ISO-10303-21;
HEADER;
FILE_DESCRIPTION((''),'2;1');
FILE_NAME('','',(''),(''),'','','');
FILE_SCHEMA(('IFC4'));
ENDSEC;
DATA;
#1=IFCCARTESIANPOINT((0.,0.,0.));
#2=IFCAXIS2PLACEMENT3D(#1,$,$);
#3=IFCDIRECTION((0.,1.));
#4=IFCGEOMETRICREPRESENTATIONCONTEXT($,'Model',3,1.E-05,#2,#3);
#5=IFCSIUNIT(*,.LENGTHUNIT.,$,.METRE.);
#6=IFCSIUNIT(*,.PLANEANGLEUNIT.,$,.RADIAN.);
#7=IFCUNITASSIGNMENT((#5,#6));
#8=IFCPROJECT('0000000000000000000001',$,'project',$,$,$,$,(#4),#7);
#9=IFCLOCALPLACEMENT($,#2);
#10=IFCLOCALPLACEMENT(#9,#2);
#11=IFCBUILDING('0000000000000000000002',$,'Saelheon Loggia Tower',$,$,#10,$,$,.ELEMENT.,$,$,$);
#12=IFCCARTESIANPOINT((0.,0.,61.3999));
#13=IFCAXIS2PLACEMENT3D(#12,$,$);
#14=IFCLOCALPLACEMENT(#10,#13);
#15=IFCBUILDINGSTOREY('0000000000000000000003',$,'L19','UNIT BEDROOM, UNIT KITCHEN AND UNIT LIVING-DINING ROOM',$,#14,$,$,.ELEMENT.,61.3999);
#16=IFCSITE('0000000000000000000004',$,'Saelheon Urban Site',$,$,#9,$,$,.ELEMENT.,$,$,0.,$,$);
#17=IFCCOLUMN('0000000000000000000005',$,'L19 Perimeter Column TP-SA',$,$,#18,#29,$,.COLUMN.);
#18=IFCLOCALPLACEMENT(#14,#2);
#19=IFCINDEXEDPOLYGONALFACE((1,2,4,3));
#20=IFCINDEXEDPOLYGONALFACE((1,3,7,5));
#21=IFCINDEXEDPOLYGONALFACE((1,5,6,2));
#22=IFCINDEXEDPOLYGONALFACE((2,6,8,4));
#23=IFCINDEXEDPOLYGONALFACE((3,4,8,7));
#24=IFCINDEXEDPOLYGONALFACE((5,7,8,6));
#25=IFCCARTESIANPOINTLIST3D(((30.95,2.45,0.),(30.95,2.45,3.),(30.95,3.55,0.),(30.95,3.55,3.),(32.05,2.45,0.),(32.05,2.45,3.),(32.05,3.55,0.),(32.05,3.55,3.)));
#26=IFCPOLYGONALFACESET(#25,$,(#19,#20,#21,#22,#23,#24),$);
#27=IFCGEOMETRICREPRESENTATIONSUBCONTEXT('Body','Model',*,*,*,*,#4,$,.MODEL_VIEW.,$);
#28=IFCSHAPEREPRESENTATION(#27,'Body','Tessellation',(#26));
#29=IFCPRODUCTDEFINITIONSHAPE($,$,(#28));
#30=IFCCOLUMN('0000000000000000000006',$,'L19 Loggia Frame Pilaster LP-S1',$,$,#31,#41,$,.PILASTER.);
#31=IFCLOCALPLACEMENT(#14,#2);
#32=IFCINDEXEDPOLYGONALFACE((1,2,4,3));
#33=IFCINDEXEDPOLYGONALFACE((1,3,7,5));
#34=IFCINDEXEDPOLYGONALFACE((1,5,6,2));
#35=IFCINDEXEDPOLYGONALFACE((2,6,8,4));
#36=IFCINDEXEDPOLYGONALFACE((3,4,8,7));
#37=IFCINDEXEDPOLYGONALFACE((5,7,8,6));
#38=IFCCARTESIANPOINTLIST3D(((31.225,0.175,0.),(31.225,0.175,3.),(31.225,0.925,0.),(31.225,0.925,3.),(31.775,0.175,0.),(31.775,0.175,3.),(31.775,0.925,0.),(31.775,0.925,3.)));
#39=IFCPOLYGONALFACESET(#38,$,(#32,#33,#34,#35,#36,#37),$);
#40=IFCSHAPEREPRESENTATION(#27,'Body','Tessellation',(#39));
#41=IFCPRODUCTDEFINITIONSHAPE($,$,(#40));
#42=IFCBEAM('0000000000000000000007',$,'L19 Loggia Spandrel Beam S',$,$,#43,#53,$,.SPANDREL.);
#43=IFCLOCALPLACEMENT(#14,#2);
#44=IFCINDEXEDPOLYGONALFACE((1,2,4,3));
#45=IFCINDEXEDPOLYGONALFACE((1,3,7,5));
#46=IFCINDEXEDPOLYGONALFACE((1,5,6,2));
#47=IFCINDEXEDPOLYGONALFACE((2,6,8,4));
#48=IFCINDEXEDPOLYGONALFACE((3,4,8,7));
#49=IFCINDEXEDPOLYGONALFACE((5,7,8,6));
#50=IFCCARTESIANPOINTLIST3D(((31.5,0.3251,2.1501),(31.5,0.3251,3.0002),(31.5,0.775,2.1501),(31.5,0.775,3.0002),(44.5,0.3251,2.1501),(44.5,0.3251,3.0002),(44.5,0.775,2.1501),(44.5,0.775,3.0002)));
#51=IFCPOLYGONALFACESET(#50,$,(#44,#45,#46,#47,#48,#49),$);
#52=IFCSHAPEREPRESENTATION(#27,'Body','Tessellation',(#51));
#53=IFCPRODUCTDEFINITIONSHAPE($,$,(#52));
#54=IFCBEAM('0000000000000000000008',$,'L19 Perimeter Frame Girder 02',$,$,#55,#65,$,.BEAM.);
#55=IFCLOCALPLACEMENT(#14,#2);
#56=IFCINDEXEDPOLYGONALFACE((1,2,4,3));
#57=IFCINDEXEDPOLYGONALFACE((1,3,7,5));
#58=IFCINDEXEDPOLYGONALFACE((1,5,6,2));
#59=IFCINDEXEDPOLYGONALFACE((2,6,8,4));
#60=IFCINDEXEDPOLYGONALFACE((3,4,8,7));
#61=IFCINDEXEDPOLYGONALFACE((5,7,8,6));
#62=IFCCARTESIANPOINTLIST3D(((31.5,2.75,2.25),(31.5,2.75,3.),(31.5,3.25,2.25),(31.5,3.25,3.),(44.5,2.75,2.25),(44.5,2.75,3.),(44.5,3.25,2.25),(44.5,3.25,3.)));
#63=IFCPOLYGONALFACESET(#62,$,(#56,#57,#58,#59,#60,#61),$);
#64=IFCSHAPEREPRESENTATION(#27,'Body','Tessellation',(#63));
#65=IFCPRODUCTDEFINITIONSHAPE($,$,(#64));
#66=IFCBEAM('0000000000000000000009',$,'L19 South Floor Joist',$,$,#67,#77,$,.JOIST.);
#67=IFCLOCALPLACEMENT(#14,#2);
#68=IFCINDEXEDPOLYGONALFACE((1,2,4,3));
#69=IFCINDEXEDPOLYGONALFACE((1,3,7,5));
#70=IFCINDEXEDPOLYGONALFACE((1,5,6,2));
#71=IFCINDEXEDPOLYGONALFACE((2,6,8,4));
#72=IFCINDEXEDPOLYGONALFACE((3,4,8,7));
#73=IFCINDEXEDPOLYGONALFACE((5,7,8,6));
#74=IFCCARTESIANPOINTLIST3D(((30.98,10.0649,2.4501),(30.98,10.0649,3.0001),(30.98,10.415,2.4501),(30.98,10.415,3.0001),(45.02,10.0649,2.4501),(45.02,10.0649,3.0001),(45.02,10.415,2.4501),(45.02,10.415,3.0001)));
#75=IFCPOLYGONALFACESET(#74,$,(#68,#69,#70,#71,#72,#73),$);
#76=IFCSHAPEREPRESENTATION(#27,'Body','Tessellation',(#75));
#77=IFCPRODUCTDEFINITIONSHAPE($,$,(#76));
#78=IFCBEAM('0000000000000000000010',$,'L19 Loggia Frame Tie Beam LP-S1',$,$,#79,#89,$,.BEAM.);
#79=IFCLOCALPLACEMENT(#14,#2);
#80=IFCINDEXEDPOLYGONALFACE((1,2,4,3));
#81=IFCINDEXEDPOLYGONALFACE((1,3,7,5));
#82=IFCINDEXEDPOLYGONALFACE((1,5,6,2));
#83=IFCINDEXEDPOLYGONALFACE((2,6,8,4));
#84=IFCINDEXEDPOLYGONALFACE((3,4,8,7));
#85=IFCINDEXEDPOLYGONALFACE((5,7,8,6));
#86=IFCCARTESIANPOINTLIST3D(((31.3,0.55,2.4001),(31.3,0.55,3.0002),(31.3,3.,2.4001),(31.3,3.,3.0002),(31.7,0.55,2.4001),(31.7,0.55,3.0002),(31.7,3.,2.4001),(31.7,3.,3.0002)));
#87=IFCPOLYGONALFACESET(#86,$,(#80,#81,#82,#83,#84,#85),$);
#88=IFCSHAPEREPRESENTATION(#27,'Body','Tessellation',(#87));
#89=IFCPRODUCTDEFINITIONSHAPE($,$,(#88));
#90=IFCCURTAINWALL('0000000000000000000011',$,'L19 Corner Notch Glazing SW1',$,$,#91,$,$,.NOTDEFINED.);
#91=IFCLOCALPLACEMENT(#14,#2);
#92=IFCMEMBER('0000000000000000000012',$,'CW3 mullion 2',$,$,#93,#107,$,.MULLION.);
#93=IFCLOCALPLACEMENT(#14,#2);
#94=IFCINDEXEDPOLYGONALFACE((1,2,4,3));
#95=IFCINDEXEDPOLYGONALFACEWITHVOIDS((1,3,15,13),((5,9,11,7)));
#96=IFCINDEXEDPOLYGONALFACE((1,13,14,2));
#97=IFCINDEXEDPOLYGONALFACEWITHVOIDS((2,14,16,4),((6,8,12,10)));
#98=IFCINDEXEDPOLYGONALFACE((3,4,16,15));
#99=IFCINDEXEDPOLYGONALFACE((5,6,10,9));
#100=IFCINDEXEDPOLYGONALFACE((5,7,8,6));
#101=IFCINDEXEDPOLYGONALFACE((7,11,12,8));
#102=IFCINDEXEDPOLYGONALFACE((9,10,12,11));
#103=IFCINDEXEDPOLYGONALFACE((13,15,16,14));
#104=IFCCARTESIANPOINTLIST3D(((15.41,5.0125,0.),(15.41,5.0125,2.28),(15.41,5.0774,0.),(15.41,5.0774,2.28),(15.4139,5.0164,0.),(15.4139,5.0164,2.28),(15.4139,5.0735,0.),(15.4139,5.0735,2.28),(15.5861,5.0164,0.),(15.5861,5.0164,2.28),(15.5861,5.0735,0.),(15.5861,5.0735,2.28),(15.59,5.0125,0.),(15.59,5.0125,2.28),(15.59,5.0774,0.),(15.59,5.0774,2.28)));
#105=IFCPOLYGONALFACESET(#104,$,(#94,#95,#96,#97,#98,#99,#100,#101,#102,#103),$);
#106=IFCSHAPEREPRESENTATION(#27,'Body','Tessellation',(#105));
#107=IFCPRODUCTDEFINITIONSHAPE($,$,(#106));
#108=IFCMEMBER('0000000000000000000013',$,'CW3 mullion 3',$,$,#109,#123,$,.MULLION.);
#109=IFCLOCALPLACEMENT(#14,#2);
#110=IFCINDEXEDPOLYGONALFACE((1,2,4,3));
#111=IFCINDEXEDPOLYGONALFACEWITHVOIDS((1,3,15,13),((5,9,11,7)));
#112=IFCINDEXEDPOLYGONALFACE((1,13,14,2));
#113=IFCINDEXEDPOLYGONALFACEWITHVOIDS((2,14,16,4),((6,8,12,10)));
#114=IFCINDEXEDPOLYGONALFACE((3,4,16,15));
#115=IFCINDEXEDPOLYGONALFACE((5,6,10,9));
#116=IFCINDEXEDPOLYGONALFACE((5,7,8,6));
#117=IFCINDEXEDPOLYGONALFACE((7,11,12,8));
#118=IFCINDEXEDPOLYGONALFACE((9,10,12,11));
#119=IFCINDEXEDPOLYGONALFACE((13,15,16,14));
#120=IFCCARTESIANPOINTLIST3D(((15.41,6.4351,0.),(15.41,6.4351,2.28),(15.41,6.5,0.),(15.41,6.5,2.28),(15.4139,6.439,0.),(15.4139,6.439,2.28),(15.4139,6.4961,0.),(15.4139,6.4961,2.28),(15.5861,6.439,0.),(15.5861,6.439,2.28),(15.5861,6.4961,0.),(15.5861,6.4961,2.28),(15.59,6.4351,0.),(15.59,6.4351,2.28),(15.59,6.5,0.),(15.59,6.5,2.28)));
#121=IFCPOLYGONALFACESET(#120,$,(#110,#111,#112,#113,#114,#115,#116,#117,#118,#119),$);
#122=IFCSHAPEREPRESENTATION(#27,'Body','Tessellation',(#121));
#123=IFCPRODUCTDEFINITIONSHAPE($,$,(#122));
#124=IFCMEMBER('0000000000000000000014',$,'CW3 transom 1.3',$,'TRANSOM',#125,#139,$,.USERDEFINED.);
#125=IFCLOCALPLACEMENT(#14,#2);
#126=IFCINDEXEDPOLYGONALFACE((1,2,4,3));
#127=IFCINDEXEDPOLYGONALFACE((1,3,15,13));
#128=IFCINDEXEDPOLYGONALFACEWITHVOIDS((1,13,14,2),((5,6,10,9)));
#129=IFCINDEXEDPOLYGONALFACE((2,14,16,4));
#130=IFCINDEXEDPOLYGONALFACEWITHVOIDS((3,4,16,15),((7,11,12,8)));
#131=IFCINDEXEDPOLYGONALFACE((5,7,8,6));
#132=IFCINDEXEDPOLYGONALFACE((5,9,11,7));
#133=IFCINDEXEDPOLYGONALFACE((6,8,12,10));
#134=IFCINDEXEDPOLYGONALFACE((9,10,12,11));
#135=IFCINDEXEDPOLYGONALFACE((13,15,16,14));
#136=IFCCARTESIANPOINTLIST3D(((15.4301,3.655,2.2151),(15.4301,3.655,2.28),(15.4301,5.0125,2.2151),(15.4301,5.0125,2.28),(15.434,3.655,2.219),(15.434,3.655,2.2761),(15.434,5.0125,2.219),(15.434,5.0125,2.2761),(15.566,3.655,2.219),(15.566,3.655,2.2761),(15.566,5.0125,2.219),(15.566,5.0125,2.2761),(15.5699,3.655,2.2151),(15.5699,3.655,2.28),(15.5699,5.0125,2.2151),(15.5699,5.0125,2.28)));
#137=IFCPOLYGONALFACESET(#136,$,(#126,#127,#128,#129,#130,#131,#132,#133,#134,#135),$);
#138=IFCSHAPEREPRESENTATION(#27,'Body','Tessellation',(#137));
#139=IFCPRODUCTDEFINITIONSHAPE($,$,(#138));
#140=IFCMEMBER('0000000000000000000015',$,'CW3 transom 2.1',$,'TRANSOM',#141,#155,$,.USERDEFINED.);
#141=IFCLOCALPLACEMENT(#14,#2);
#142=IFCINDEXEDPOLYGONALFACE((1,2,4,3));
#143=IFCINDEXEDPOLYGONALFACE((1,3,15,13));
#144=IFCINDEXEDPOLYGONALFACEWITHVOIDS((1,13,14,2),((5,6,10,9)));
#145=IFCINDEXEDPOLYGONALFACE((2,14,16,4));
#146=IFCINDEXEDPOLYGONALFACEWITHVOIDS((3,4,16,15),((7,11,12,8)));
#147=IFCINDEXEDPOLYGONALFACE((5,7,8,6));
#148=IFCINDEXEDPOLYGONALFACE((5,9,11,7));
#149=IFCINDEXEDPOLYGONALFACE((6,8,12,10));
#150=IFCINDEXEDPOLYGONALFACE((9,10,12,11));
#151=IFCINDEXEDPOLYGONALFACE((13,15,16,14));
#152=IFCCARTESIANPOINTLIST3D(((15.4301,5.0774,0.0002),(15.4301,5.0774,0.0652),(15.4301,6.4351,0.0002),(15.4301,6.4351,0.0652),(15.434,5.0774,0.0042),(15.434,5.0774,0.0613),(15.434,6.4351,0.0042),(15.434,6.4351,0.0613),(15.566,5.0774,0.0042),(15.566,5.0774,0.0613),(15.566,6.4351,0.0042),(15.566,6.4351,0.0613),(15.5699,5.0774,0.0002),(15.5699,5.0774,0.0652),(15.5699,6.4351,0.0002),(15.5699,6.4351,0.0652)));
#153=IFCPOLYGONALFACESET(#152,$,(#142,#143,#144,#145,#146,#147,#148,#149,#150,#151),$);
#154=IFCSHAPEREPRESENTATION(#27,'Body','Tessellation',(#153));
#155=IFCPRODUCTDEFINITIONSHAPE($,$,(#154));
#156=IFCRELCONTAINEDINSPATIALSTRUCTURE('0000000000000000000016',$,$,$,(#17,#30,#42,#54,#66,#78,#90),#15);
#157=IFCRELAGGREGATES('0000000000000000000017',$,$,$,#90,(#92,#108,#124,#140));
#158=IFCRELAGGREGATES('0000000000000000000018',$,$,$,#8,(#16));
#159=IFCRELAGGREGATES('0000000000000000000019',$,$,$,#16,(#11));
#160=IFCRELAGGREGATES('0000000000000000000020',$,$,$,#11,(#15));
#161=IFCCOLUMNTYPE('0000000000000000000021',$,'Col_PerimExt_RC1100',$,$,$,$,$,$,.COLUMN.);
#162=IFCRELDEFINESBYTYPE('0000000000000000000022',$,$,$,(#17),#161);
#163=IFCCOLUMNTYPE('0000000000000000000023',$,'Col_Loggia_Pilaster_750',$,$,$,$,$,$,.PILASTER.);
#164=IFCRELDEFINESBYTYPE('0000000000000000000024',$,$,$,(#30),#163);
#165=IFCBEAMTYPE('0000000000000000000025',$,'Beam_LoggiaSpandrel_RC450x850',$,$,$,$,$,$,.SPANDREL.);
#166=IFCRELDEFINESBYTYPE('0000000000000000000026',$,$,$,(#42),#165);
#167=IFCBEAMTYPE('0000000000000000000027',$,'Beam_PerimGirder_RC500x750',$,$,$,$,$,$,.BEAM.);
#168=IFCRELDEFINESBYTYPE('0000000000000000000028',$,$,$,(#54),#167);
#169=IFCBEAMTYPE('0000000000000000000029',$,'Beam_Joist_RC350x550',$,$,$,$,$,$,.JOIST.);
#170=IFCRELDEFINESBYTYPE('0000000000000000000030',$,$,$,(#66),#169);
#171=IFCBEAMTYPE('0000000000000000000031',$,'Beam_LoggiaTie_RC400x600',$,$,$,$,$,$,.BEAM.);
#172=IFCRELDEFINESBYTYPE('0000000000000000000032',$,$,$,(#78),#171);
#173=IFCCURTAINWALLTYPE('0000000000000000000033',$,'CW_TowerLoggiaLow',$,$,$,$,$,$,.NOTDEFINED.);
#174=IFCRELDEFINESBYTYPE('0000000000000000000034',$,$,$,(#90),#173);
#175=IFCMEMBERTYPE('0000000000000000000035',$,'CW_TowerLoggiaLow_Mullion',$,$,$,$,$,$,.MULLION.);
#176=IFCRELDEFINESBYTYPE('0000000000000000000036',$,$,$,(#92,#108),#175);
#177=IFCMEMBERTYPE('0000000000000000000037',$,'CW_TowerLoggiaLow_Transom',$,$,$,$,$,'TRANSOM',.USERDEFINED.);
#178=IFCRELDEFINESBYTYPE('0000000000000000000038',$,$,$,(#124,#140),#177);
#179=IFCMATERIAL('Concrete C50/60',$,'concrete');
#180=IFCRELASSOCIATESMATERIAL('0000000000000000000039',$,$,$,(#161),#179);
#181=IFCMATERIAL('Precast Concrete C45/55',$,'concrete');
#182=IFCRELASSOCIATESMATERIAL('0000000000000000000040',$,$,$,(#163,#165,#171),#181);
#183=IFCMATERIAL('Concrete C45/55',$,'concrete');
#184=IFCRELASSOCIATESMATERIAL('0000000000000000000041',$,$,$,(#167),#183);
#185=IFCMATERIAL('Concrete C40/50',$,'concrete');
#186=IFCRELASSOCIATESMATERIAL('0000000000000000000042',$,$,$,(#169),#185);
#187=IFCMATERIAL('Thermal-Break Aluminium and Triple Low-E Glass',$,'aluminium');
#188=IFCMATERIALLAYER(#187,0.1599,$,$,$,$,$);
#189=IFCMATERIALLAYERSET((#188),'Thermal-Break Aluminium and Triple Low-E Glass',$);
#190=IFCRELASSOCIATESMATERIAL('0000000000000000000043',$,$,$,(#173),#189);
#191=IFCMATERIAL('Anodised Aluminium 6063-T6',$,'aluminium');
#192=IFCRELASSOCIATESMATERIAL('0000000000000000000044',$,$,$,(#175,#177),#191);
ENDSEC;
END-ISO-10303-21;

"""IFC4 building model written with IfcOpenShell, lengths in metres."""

from ifc_helpers import new_model, si_unit, direction, frame, origin, origin_2d, place, context, subcontext, project, spatial, rectangle, hollow_rectangle, extrude, source, transform, mapped, material, layer, layer_set, material_profile, profile_set, type_object, element, aggregate, save


model = new_model("IFC4")

# Units and contexts
model_context = context("Model", 3, precision=1e-05, world=origin(), true_north=direction((0.0, 1.0)))
body_context = subcontext(model_context, "Body", "Model", "MODEL_VIEW")
ifc_project = project(units=[si_unit("LENGTHUNIT", "METRE"), si_unit("PLANEANGLEUNIT", "RADIAN")], contexts=[model_context])

# Site, building, storey
site_placement = place(None, origin())
site = spatial("IfcSite", under=ifc_project, at=site_placement, Name="Saelheon Urban Site", CompositionType="ELEMENT", RefElevation=0.0)
building_placement = place(site_placement, origin())
building = spatial("IfcBuilding", under=site, at=building_placement, Name="Saelheon Loggia Tower", CompositionType="ELEMENT")
storey_placement = place(building_placement, frame((0.0, 0.0, 61.3999)))
storey = spatial("IfcBuildingStorey", under=building, at=storey_placement, Name="L19", Description="UNIT BEDROOM, UNIT KITCHEN AND UNIT LIVING-DINING ROOM", CompositionType="ELEMENT", Elevation=61.3999)

# Columns
ifc_material_1 = material(Name="Concrete C50/60", Category="concrete")
ifc_material_profile_1 = material_profile(ifc_material_1, rectangle(XDim=1.1001, YDim=1.1001, at=origin_2d()), Name="RC-1100x1100")
ifc_profile_set_1 = profile_set([ifc_material_profile_1], Name="Concrete C50/60")
column_type_1 = type_object("IfcColumnType", Name="Col_PerimExt_RC1100", PredefinedType="COLUMN", material=ifc_profile_set_1)
shared_shape_1 = source(origin(), body_context, "Body", "SweptSolid", [
    extrude(rectangle(XDim=1.1001, YDim=1.1001, at=origin_2d()), origin(), (0.0, 0.0, 1.0), 3.0),
])
column_1_placement = place(storey_placement, frame((31.5, 3.0, 0.0), z_axis=(0.0, 0.0, 1.0), x_axis=(1.0, 0.0, 0.0)))
element("IfcColumn", 1, at=column_1_placement, inside=storey, type_object=column_type_1, Name="L19 Perimeter Column TP-SA", PredefinedType="COLUMN", context=body_context, shape_type="MappedRepresentation", body=[
    mapped(shared_shape_1, transform((0.0, 0.0, 0.0), scale=1.0)),
])
ifc_material_2 = material(Name="Precast Concrete C45/55", Category="concrete")
ifc_material_profile_2 = material_profile(ifc_material_2, rectangle(XDim=0.55, YDim=0.75, at=origin_2d()), Name="RC-550x750")
ifc_profile_set_2 = profile_set([ifc_material_profile_2], Name="Precast Concrete C45/55")
column_type_2 = type_object("IfcColumnType", Name="Col_Loggia_Pilaster_750", PredefinedType="PILASTER", material=ifc_profile_set_2)
shared_shape_2 = source(origin(), body_context, "Body", "SweptSolid", [
    extrude(rectangle(XDim=0.55, YDim=0.75, at=origin_2d()), origin(), (0.0, 0.0, 1.0), 3.0),
])
column_2_placement = place(storey_placement, frame((31.5, 0.55, 0.0), z_axis=(0.0, 0.0, 1.0), x_axis=(1.0, 0.0, 0.0)))
element("IfcColumn", 2, at=column_2_placement, inside=storey, type_object=column_type_2, Name="L19 Loggia Frame Pilaster LP-S1", PredefinedType="PILASTER", context=body_context, shape_type="MappedRepresentation", body=[
    mapped(shared_shape_2, transform((0.0, 0.0, 0.0), scale=1.0)),
])

# Beams
ifc_material_profile_3 = material_profile(ifc_material_2, rectangle(XDim=0.45, YDim=0.8501, at=origin_2d()), Name="RC-450x850")
ifc_profile_set_3 = profile_set([ifc_material_profile_3], Name="Precast Concrete C45/55")
beam_type_1 = type_object("IfcBeamType", Name="Beam_LoggiaSpandrel_RC450x850", PredefinedType="SPANDREL", material=ifc_profile_set_3)
shared_shape_3 = source(origin(), body_context, "Body", "SweptSolid", [
    extrude(rectangle(XDim=0.45, YDim=0.8501, at=origin_2d()), origin(), (0.0, 0.0, 1.0), 13.0),
])
beam_1_placement = place(storey_placement, frame((31.5, 0.55, 2.5752), z_axis=(1.0, 0.0, 0.0), x_axis=(0.0, 1.0, 0.0)))
element("IfcBeam", 3, at=beam_1_placement, inside=storey, type_object=beam_type_1, Name="L19 Loggia Spandrel Beam S", PredefinedType="SPANDREL", context=body_context, shape_type="MappedRepresentation", body=[
    mapped(shared_shape_3, transform((0.0, 0.0, 0.0), scale=1.0)),
])
ifc_material_3 = material(Name="Concrete C45/55", Category="concrete")
ifc_material_profile_4 = material_profile(ifc_material_3, rectangle(XDim=0.5, YDim=0.75, at=origin_2d()), Name="RC-500x750")
ifc_profile_set_4 = profile_set([ifc_material_profile_4], Name="Concrete C45/55")
beam_type_2 = type_object("IfcBeamType", Name="Beam_PerimGirder_RC500x750", PredefinedType="BEAM", material=ifc_profile_set_4)
shared_shape_4 = source(origin(), body_context, "Body", "SweptSolid", [
    extrude(rectangle(XDim=0.5, YDim=0.75, at=origin_2d()), origin(), (0.0, 0.0, 1.0), 13.0),
])
beam_2_placement = place(storey_placement, frame((31.5, 3.0, 2.625), z_axis=(1.0, 0.0, 0.0), x_axis=(0.0, 1.0, 0.0)))
element("IfcBeam", 4, at=beam_2_placement, inside=storey, type_object=beam_type_2, Name="L19 Perimeter Frame Girder 02", PredefinedType="BEAM", context=body_context, shape_type="MappedRepresentation", body=[
    mapped(shared_shape_4, transform((0.0, 0.0, 0.0), scale=1.0)),
])
ifc_material_4 = material(Name="Concrete C40/50", Category="concrete")
ifc_material_profile_5 = material_profile(ifc_material_4, rectangle(XDim=0.3501, YDim=0.55, at=origin_2d()), Name="RC-350x550")
ifc_profile_set_5 = profile_set([ifc_material_profile_5], Name="Concrete C40/50")
beam_type_3 = type_object("IfcBeamType", Name="Beam_Joist_RC350x550", PredefinedType="JOIST", material=ifc_profile_set_5)
shared_shape_5 = source(origin(), body_context, "Body", "SweptSolid", [
    extrude(rectangle(XDim=0.3501, YDim=0.55, at=origin_2d()), origin(), (0.0, 0.0, 1.0), 14.04),
])
beam_3_placement = place(storey_placement, frame((30.98, 10.24, 2.7251), z_axis=(1.0, 0.0, 0.0), x_axis=(0.0, 1.0, 0.0)))
element("IfcBeam", 5, at=beam_3_placement, inside=storey, type_object=beam_type_3, Name="L19 South Floor Joist", PredefinedType="JOIST", context=body_context, shape_type="MappedRepresentation", body=[
    mapped(shared_shape_5, transform((0.0, 0.0, 0.0), scale=1.0)),
])
ifc_material_profile_6 = material_profile(ifc_material_2, rectangle(XDim=0.3999, YDim=0.6001, at=origin_2d()), Name="RC-400x600")
ifc_profile_set_6 = profile_set([ifc_material_profile_6], Name="Precast Concrete C45/55")
beam_type_4 = type_object("IfcBeamType", Name="Beam_LoggiaTie_RC400x600", PredefinedType="BEAM", material=ifc_profile_set_6)
shared_shape_6 = source(origin(), body_context, "Body", "SweptSolid", [
    extrude(rectangle(XDim=0.3999, YDim=0.6001, at=origin_2d()), origin(), (0.0, 0.0, 1.0), 2.45),
])
beam_4_placement = place(storey_placement, frame((31.5, 3.0, 2.7002), z_axis=(0.0, -1.0, 0.0), x_axis=(1.0, 0.0, 0.0)))
element("IfcBeam", 6, at=beam_4_placement, inside=storey, type_object=beam_type_4, Name="L19 Loggia Frame Tie Beam LP-S1", PredefinedType="BEAM", context=body_context, shape_type="MappedRepresentation", body=[
    mapped(shared_shape_6, transform((0.0, 0.0, 0.0), scale=1.0)),
])

# Curtain wall, members
ifc_material_5 = material(Name="Thermal-Break Aluminium and Triple Low-E Glass", Category="aluminium")
ifc_layer_1 = layer(ifc_material_5, 0.1599)
ifc_layer_set_1 = layer_set([ifc_layer_1], Name="Thermal-Break Aluminium and Triple Low-E Glass")
curtain_wall_type = type_object("IfcCurtainWallType", Name="CW_TowerLoggiaLow", PredefinedType="NOTDEFINED", material=ifc_layer_set_1)
curtain_wall_placement = place(storey_placement, origin())
curtain_wall = element("IfcCurtainWall", 7, at=curtain_wall_placement, inside=storey, type_object=curtain_wall_type, Name="L19 Corner Notch Glazing SW1", PredefinedType="NOTDEFINED")
ifc_material_6 = material(Name="Anodised Aluminium 6063-T6", Category="aluminium")
ifc_material_profile_7 = material_profile(ifc_material_6, hollow_rectangle(XDim=0.0649, YDim=0.1799, WallThickness=0.0039, at=origin_2d()), Name="RHS-180x65x4")
ifc_profile_set_7 = profile_set([ifc_material_profile_7], Name="Anodised Aluminium 6063-T6")
member_type_1 = type_object("IfcMemberType", Name="CW_TowerLoggiaLow_Mullion", PredefinedType="MULLION", material=ifc_profile_set_7)
shared_shape_7 = source(origin(), body_context, "Body", "SweptSolid", [
    extrude(hollow_rectangle(XDim=0.0649, YDim=0.1799, WallThickness=0.0039, at=origin_2d()), origin(), (0.0, 0.0, 1.0), 2.28),
])
member_1_placement = place(storey_placement, frame((15.5, 5.0449, 0.0), z_axis=(0.0, 0.0, 1.0), x_axis=(0.0, 1.0, 0.0)))
member_1 = element("IfcMember", 8, at=member_1_placement, type_object=member_type_1, Name="CW3 mullion 2", PredefinedType="MULLION", context=body_context, shape_type="MappedRepresentation", body=[
    mapped(shared_shape_7, transform((0.0, 0.0, 0.0), scale=1.0)),
])
member_2_placement = place(storey_placement, frame((15.5, 6.4675, 0.0), z_axis=(0.0, 0.0, 1.0), x_axis=(0.0, 1.0, 0.0)))
member_2 = element("IfcMember", 9, at=member_2_placement, type_object=member_type_1, Name="CW3 mullion 3", PredefinedType="MULLION", context=body_context, shape_type="MappedRepresentation", body=[
    mapped(shared_shape_7, transform((0.0, 0.0, 0.0), scale=1.0)),
])
ifc_material_profile_8 = material_profile(ifc_material_6, hollow_rectangle(XDim=0.0649, YDim=0.1399, WallThickness=0.0039, at=origin_2d()), Name="RHS-140x65x4")
ifc_profile_set_8 = profile_set([ifc_material_profile_8], Name="Anodised Aluminium 6063-T6")
member_type_2 = type_object("IfcMemberType", Name="CW_TowerLoggiaLow_Transom", ElementType="TRANSOM", PredefinedType="USERDEFINED", material=ifc_profile_set_8)
shared_shape_8 = source(origin(), body_context, "Body", "SweptSolid", [
    extrude(hollow_rectangle(XDim=0.0649, YDim=0.1399, WallThickness=0.0039, at=origin_2d()), origin(), (0.0, 0.0, 1.0), 1.3574),
])
member_3_placement = place(storey_placement, frame((15.5, 3.655, 2.2476), z_axis=(0.0, 1.0, 0.0), x_axis=(0.0, 0.0, 1.0)))
member_3 = element("IfcMember", 10, at=member_3_placement, type_object=member_type_2, Name="CW3 transom 1.3", ObjectType="TRANSOM", PredefinedType="USERDEFINED", context=body_context, shape_type="MappedRepresentation", body=[
    mapped(shared_shape_8, transform((0.0, 0.0, 0.0), scale=1.0)),
])
shared_shape_9 = source(origin(), body_context, "Body", "SweptSolid", [
    extrude(hollow_rectangle(XDim=0.0649, YDim=0.1399, WallThickness=0.0039, at=origin_2d()), origin(), (0.0, 0.0, 1.0), 1.3577),
])
member_4_placement = place(storey_placement, frame((15.5, 5.0774, 0.0327), z_axis=(0.0, 1.0, 0.0), x_axis=(0.0, 0.0, 1.0)))
member_4 = element("IfcMember", 11, at=member_4_placement, type_object=member_type_2, Name="CW3 transom 2.1", ObjectType="TRANSOM", PredefinedType="USERDEFINED", context=body_context, shape_type="MappedRepresentation", body=[
    mapped(shared_shape_9, transform((0.0, 0.0, 0.0), scale=1.0)),
])
aggregate(curtain_wall, [member_1, member_2, member_3, member_4])

save(model, "model.ifc")
